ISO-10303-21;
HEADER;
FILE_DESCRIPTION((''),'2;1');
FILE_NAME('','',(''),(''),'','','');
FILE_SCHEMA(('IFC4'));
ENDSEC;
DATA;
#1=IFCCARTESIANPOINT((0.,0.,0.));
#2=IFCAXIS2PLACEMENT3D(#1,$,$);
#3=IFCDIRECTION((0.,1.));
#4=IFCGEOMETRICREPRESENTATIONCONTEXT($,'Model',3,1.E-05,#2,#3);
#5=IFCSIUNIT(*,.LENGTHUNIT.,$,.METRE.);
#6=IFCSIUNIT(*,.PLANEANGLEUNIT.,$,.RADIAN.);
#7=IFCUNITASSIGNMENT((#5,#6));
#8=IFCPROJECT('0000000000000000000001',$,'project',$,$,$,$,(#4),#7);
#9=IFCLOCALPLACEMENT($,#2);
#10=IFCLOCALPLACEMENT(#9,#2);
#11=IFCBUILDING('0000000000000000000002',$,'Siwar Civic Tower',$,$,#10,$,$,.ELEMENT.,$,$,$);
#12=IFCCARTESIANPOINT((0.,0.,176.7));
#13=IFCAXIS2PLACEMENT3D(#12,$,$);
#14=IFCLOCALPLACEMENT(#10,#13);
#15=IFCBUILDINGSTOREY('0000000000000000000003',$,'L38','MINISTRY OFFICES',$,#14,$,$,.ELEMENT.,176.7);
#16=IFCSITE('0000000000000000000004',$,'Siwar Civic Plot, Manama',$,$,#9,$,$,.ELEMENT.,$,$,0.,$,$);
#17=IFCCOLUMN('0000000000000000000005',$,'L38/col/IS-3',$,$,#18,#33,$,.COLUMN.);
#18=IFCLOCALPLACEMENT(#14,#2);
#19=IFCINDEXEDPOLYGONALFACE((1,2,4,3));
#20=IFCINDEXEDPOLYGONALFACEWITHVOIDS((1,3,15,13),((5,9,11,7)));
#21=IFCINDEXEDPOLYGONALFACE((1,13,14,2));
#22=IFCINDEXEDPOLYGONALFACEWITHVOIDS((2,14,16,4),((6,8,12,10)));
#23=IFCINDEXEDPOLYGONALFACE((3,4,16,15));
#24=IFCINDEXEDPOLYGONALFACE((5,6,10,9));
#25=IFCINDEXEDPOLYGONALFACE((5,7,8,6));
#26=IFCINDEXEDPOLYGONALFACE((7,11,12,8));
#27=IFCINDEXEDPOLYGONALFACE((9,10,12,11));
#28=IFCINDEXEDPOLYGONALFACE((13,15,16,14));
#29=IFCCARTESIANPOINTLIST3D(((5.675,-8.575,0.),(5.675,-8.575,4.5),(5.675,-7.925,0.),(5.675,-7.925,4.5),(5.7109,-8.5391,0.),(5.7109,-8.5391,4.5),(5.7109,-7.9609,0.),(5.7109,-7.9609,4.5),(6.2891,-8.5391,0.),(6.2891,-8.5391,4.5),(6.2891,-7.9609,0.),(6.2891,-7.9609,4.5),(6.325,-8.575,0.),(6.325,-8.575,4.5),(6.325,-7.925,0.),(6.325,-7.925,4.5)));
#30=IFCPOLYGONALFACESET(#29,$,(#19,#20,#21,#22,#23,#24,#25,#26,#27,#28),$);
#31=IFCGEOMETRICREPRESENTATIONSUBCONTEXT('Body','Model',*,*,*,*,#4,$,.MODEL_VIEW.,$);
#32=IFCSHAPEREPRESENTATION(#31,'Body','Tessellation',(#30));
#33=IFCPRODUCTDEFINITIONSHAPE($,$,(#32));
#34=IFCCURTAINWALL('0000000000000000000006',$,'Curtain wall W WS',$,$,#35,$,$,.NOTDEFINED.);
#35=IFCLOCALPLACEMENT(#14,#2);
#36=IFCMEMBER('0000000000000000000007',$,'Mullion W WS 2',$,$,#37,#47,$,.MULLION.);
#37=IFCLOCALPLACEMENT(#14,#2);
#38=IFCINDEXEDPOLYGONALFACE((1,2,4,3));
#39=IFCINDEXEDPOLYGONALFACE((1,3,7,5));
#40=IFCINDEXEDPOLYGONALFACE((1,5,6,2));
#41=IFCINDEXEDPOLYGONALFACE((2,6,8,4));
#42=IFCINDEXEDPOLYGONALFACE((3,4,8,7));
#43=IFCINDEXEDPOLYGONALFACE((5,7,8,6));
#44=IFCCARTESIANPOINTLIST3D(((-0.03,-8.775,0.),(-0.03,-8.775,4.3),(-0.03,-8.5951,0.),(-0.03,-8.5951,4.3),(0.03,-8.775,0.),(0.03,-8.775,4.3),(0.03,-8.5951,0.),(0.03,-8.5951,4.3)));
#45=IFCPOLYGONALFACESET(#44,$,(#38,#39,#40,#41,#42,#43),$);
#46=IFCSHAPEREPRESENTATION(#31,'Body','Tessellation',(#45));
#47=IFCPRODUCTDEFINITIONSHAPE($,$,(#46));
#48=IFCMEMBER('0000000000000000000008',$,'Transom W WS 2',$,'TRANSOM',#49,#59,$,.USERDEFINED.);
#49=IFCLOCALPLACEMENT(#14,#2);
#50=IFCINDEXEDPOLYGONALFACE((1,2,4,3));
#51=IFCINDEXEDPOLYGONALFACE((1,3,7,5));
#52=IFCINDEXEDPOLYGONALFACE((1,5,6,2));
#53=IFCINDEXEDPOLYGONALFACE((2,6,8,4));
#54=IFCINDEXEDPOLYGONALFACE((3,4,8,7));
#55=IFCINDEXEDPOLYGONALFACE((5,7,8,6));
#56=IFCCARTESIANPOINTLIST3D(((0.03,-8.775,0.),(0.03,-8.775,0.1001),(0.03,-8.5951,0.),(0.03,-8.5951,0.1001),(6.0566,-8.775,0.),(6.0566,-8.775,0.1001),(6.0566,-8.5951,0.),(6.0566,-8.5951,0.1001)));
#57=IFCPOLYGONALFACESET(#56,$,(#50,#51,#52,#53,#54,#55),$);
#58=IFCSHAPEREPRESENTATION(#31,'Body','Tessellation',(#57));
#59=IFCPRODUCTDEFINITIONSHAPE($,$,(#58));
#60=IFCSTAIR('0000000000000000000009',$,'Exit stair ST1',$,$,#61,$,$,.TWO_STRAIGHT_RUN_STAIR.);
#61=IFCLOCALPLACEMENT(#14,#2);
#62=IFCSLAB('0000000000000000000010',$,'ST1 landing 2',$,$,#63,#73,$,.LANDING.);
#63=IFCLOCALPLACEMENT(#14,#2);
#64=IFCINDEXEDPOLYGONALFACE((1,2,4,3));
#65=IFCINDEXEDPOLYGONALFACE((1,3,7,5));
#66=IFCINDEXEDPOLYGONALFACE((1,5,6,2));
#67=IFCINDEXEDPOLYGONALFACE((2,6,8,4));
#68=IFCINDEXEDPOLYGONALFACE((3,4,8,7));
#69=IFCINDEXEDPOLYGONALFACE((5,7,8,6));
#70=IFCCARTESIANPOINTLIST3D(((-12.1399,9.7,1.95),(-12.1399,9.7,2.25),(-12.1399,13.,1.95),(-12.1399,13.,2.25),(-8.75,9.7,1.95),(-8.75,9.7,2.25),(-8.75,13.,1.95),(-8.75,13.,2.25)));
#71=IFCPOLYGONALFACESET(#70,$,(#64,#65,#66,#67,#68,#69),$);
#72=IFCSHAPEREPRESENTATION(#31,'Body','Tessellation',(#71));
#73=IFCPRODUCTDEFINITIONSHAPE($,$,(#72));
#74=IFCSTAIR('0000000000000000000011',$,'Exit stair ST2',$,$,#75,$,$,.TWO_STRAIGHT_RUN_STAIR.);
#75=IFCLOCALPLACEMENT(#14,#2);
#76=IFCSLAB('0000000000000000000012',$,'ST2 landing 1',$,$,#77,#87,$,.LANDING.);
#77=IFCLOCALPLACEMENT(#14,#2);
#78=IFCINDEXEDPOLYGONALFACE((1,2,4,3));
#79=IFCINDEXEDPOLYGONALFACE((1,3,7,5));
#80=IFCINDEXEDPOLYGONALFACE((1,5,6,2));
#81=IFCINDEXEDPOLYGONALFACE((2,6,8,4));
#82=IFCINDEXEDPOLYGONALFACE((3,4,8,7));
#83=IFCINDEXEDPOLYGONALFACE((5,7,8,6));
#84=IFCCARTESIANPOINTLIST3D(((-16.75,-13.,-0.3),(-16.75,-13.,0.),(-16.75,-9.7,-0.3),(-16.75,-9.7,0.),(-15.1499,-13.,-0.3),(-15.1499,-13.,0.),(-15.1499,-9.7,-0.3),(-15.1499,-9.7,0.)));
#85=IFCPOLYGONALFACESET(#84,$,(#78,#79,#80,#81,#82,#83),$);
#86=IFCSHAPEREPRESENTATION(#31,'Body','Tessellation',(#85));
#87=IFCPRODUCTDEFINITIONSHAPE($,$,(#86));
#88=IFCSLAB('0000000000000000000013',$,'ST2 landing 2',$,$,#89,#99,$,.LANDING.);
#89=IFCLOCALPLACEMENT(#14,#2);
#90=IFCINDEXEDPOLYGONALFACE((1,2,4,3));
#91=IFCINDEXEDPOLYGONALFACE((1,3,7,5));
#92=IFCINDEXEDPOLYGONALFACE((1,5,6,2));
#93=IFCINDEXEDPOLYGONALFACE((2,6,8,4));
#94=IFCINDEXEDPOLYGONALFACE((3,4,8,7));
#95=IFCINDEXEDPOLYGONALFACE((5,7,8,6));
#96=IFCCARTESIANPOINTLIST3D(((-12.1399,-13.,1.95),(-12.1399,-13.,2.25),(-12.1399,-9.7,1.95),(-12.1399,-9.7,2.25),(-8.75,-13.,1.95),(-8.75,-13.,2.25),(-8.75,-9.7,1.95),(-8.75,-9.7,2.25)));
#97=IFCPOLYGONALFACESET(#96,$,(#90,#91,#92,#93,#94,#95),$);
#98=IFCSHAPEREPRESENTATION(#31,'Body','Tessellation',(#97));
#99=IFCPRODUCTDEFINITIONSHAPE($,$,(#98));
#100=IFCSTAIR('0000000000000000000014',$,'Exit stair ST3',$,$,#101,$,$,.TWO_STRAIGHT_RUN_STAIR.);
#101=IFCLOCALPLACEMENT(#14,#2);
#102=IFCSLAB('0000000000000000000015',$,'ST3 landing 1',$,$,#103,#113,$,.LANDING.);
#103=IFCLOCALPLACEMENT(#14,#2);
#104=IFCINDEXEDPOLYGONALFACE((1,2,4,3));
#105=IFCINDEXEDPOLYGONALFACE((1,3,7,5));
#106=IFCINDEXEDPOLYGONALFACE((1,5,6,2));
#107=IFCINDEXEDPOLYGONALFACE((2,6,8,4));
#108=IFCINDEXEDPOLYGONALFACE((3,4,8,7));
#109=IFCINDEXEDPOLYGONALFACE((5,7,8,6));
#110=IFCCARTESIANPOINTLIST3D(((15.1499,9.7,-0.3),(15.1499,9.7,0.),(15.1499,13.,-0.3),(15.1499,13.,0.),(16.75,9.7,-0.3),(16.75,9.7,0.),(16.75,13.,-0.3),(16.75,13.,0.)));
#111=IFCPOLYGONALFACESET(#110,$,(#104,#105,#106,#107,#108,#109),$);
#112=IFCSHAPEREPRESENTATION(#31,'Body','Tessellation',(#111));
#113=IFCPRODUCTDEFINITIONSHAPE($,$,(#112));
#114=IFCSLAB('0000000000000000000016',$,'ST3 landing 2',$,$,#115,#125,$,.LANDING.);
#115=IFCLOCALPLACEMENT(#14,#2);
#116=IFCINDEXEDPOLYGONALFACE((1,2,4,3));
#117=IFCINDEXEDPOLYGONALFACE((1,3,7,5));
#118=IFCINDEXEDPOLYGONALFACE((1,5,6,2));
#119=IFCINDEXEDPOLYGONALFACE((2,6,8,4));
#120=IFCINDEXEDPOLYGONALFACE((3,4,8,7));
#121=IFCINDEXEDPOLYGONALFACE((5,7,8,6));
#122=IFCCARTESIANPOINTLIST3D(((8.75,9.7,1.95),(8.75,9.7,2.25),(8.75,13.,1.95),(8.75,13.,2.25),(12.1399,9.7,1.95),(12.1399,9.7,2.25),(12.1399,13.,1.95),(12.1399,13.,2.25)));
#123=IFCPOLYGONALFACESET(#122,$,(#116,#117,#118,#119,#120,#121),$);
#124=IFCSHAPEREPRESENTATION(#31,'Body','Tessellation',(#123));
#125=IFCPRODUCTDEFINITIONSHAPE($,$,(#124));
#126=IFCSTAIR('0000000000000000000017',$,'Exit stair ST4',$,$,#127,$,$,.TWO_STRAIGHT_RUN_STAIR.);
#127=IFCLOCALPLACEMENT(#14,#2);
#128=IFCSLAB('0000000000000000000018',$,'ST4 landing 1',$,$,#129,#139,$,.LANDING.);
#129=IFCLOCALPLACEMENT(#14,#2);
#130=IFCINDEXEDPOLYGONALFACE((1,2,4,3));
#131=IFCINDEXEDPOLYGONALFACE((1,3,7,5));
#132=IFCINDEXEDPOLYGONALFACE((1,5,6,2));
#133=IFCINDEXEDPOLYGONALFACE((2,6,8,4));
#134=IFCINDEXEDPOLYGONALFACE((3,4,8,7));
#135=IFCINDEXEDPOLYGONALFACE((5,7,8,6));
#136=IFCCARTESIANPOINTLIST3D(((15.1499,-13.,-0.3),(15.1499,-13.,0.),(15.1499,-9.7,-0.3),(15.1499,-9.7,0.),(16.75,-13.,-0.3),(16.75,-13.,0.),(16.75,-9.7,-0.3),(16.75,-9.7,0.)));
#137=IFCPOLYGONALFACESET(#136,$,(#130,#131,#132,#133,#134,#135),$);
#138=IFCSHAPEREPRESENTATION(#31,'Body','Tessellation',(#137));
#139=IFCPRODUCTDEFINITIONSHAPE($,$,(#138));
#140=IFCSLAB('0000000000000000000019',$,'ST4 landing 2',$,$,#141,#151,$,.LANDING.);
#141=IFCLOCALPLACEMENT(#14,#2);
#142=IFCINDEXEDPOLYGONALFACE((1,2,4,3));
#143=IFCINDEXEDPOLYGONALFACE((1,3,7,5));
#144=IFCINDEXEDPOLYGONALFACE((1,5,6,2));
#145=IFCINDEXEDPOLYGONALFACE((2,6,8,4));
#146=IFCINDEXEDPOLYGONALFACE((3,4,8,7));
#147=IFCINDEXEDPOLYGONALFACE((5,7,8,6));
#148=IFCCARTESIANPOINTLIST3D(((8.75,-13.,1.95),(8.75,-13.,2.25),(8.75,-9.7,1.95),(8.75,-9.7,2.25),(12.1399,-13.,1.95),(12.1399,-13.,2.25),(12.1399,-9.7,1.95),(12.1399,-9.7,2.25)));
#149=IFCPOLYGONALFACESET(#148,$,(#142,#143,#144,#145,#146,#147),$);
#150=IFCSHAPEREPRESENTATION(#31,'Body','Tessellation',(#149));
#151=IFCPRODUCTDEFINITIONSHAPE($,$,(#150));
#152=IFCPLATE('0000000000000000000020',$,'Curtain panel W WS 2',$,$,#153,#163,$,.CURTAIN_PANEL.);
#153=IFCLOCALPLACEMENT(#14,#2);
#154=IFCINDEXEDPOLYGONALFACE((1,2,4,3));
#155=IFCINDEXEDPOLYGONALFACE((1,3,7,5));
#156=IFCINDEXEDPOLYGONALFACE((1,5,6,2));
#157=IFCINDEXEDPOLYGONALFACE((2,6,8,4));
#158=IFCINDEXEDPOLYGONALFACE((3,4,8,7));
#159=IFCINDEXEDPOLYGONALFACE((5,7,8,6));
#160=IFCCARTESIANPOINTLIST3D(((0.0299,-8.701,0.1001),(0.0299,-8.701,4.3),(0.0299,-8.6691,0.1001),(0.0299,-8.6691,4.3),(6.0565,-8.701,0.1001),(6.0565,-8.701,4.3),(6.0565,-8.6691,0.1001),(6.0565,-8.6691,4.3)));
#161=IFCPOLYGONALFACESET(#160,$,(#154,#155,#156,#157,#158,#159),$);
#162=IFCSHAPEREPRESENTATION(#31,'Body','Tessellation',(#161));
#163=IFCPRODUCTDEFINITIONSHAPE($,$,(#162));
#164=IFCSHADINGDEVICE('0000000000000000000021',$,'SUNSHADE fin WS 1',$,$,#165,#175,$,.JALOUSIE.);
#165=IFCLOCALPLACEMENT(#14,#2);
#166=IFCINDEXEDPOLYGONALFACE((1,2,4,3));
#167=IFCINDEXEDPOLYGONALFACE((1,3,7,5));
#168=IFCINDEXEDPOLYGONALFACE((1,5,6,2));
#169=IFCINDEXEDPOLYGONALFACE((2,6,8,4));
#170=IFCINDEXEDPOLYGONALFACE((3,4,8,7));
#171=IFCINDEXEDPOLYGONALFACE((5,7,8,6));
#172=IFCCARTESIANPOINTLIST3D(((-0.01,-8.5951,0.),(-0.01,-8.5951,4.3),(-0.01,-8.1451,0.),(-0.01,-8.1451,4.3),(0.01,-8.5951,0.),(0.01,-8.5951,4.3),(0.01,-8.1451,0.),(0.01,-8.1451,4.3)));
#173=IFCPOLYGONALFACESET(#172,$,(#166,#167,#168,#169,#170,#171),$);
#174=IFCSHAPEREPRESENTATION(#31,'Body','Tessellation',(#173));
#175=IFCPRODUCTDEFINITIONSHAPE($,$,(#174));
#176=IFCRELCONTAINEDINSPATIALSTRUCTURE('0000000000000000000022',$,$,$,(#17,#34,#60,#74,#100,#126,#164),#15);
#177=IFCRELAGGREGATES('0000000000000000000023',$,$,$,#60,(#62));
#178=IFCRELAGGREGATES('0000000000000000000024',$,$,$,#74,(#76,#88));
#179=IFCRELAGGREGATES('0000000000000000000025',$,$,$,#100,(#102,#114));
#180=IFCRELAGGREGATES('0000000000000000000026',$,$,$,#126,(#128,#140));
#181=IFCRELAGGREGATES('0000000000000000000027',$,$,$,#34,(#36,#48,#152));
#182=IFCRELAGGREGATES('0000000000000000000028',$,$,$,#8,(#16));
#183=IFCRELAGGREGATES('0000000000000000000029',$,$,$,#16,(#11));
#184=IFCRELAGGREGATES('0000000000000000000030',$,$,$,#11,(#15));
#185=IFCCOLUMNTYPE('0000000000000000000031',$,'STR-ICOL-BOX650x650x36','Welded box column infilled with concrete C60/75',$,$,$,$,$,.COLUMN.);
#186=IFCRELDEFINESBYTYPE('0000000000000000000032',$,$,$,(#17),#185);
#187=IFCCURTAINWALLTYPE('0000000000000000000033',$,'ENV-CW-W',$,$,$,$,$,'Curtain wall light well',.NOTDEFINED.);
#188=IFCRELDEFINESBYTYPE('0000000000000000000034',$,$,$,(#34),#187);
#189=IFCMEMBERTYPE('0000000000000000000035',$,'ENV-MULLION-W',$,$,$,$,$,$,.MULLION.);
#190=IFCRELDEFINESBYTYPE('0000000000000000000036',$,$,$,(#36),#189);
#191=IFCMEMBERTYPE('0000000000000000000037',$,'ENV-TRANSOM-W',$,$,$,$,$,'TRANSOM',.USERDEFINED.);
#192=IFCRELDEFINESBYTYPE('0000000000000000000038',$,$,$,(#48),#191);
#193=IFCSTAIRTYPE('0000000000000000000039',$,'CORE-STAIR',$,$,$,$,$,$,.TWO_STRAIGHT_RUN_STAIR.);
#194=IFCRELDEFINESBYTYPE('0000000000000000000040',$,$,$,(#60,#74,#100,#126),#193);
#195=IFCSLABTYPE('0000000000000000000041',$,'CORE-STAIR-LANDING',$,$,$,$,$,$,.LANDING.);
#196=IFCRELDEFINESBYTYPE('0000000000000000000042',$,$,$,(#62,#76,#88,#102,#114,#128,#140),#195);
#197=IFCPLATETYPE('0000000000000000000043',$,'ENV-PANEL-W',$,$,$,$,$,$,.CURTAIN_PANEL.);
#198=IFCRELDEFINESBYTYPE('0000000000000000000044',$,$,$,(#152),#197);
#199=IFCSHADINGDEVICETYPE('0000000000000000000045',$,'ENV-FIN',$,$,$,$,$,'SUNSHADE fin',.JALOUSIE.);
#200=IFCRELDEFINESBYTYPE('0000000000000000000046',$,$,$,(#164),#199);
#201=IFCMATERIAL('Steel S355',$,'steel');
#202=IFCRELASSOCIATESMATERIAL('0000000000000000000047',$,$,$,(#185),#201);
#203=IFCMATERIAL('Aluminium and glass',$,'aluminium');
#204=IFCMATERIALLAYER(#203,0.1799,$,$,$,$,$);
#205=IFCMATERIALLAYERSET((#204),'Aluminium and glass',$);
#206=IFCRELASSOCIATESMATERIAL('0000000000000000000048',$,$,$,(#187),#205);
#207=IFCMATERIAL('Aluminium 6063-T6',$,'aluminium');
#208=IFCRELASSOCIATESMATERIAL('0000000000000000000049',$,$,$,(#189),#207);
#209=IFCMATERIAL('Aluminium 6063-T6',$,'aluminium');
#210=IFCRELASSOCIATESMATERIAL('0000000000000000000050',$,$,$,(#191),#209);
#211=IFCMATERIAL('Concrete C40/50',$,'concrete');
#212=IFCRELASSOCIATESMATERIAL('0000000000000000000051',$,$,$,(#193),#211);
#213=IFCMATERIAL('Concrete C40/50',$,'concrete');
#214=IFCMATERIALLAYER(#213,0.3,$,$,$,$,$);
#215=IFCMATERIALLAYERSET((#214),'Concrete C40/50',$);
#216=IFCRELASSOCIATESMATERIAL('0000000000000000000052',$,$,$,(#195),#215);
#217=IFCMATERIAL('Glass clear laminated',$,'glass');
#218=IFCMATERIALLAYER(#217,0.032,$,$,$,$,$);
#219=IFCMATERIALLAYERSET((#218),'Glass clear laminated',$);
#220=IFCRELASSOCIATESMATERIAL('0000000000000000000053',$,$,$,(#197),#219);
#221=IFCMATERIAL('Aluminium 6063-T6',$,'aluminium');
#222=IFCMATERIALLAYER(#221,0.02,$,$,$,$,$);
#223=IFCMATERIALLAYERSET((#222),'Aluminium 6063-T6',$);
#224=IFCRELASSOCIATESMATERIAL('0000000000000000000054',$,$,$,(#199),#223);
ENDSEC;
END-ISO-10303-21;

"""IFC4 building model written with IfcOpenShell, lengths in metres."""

from ifc_helpers import new_model, si_unit, direction, frame, origin, origin_2d, place, context, subcontext, project, spatial, polyline, rectangle, hollow_rectangle, outline, extrude, material, layer, layer_set, material_profile, profile_set, type_object, element, aggregate, save


model = new_model("IFC4")

# Units and contexts
model_context = context("Model", 3, precision=1e-05, world=origin(), true_north=direction((0.0, 1.0)))
body_context = subcontext(model_context, "Body", "Model", "MODEL_VIEW")
ifc_project = project(units=[si_unit("LENGTHUNIT", "METRE"), si_unit("PLANEANGLEUNIT", "RADIAN")], contexts=[model_context])

# Site, building, storey
site_placement = place(None, origin())
site = spatial("IfcSite", under=ifc_project, at=site_placement, Name="Siwar Civic Plot, Manama", CompositionType="ELEMENT", RefElevation=0.0)
building_placement = place(site_placement, origin())
building = spatial("IfcBuilding", under=site, at=building_placement, Name="Siwar Civic Tower", CompositionType="ELEMENT")
storey_placement = place(building_placement, frame((0.0, 0.0, 176.7)))
storey = spatial("IfcBuildingStorey", under=building, at=storey_placement, Name="L38", Description="MINISTRY OFFICES", CompositionType="ELEMENT", Elevation=176.7)

# Column
ifc_material_1 = material(Name="Steel S355", Category="steel")
ifc_material_profile_1 = material_profile(ifc_material_1, hollow_rectangle(XDim=0.6499, YDim=0.6499, WallThickness=0.0359, at=origin_2d()), Name="BOX650x650x36")
ifc_profile_set_1 = profile_set([ifc_material_profile_1], Name="Steel S355")
column_type = type_object("IfcColumnType", Name="STR-ICOL-BOX650x650x36", Description="Welded box column infilled with concrete C60/75", PredefinedType="COLUMN", material=ifc_profile_set_1)
column_placement = place(storey_placement, frame((6.0, -8.25, 0.0), z_axis=(0.0, 0.0, 1.0), x_axis=(1.0, 0.0, 0.0)))
element("IfcColumn", 1, at=column_placement, inside=storey, type_object=column_type, Name="L38/col/IS-3", PredefinedType="COLUMN", context=body_context, shape_type="SweptSolid", body=[
    extrude(hollow_rectangle(XDim=0.6499, YDim=0.6499, WallThickness=0.0359, at=origin_2d()), origin(), (0.0, 0.0, 1.0), 4.5),
])

# Curtain wall, members
ifc_material_2 = material(Name="Aluminium and glass", Category="aluminium")
ifc_layer_1 = layer(ifc_material_2, 0.1799)
ifc_layer_set_1 = layer_set([ifc_layer_1], Name="Aluminium and glass")
curtain_wall_type = type_object("IfcCurtainWallType", Name="ENV-CW-W", ElementType="Curtain wall light well", PredefinedType="NOTDEFINED", material=ifc_layer_set_1)
curtain_wall_placement = place(storey_placement, origin())
curtain_wall = element("IfcCurtainWall", 2, at=curtain_wall_placement, inside=storey, type_object=curtain_wall_type, Name="Curtain wall W WS", PredefinedType="NOTDEFINED")
ifc_material_3 = material(Name="Aluminium 6063-T6", Category="aluminium")
ifc_material_profile_2 = material_profile(ifc_material_3, rectangle(XDim=0.1799, YDim=0.0601, at=origin_2d()), Name="AL 180x60")
ifc_profile_set_2 = profile_set([ifc_material_profile_2], Name="Aluminium 6063-T6")
member_type_1 = type_object("IfcMemberType", Name="ENV-MULLION-W", PredefinedType="MULLION", material=ifc_profile_set_2)
member_1_placement = place(storey_placement, frame((0.0, -8.6851, 0.0), z_axis=(0.0, 0.0, 1.0), x_axis=(0.0, 1.0, 0.0)))
member_1 = element("IfcMember", 3, at=member_1_placement, type_object=member_type_1, Name="Mullion W WS 2", PredefinedType="MULLION", context=body_context, shape_type="SweptSolid", body=[
    extrude(rectangle(XDim=0.1799, YDim=0.0601, at=origin_2d()), origin(), (0.0, 0.0, 1.0), 4.3),
])
ifc_material_4 = material(Name="Aluminium 6063-T6", Category="aluminium")
ifc_material_profile_3 = material_profile(ifc_material_4, rectangle(XDim=0.1799, YDim=0.1001, at=origin_2d()), Name="AL 180x100")
ifc_profile_set_3 = profile_set([ifc_material_profile_3], Name="Aluminium 6063-T6")
member_type_2 = type_object("IfcMemberType", Name="ENV-TRANSOM-W", ElementType="TRANSOM", PredefinedType="USERDEFINED", material=ifc_profile_set_3)
member_2_placement = place(storey_placement, frame((0.03, -8.6851, 0.05), z_axis=(1.0, 0.0, 0.0), x_axis=(0.0, 1.0, 0.0)))
member_2 = element("IfcMember", 4, at=member_2_placement, type_object=member_type_2, Name="Transom W WS 2", ObjectType="TRANSOM", PredefinedType="USERDEFINED", context=body_context, shape_type="SweptSolid", body=[
    extrude(rectangle(XDim=0.1799, YDim=0.1001, at=origin_2d()), origin(), (0.0, 0.0, 1.0), 6.0266),
])

# Stair, slab
ifc_material_5 = material(Name="Concrete C40/50", Category="concrete")
stair_type = type_object("IfcStairType", Name="CORE-STAIR", PredefinedType="TWO_STRAIGHT_RUN_STAIR", material=ifc_material_5)
stair_1_placement = place(storey_placement, origin())
stair_1 = element("IfcStair", 5, at=stair_1_placement, inside=storey, type_object=stair_type, Name="Exit stair ST1", PredefinedType="TWO_STRAIGHT_RUN_STAIR")
ifc_material_6 = material(Name="Concrete C40/50", Category="concrete")
ifc_layer_2 = layer(ifc_material_6, 0.3)
ifc_layer_set_2 = layer_set([ifc_layer_2], Name="Concrete C40/50")
slab_type = type_object("IfcSlabType", Name="CORE-STAIR-LANDING", PredefinedType="LANDING", material=ifc_layer_set_2)
slab_1_placement = place(storey_placement, frame((0.0, 0.0, 1.95)))
slab_1 = element("IfcSlab", 6, at=slab_1_placement, type_object=slab_type, Name="ST1 landing 2", PredefinedType="LANDING", context=body_context, shape_type="SweptSolid", body=[
    extrude(outline(polyline([(-8.75, 13.0), (-12.1399, 13.0), (-12.1399, 9.7), (-8.75, 9.7), (-8.75, 13.0)])), origin(), (0.0, 0.0, 1.0), 0.3),
])
aggregate(stair_1, [slab_1])

# Stairs, slabs
stair_2_placement = place(storey_placement, origin())
stair_2 = element("IfcStair", 7, at=stair_2_placement, inside=storey, type_object=stair_type, Name="Exit stair ST2", PredefinedType="TWO_STRAIGHT_RUN_STAIR")
slab_2_placement = place(storey_placement, frame((0.0, 0.0, -0.3)))
slab_2 = element("IfcSlab", 8, at=slab_2_placement, type_object=slab_type, Name="ST2 landing 1", PredefinedType="LANDING", context=body_context, shape_type="SweptSolid", body=[
    extrude(outline(polyline([(-15.1499, -9.7), (-16.75, -9.7), (-16.75, -13.0), (-15.1499, -13.0), (-15.1499, -9.7)])), origin(), (0.0, 0.0, 1.0), 0.3),
])
slab_3_placement = place(storey_placement, frame((0.0, 0.0, 1.95)))
slab_3 = element("IfcSlab", 9, at=slab_3_placement, type_object=slab_type, Name="ST2 landing 2", PredefinedType="LANDING", context=body_context, shape_type="SweptSolid", body=[
    extrude(outline(polyline([(-8.75, -9.7), (-12.1399, -9.7), (-12.1399, -13.0), (-8.75, -13.0), (-8.75, -9.7)])), origin(), (0.0, 0.0, 1.0), 0.3),
])
aggregate(stair_2, [slab_2, slab_3])
stair_3_placement = place(storey_placement, origin())
stair_3 = element("IfcStair", 10, at=stair_3_placement, inside=storey, type_object=stair_type, Name="Exit stair ST3", PredefinedType="TWO_STRAIGHT_RUN_STAIR")
slab_4_placement = place(storey_placement, frame((0.0, 0.0, -0.3)))
slab_4 = element("IfcSlab", 11, at=slab_4_placement, type_object=slab_type, Name="ST3 landing 1", PredefinedType="LANDING", context=body_context, shape_type="SweptSolid", body=[
    extrude(outline(polyline([(15.1499, 9.7), (16.75, 9.7), (16.75, 13.0), (15.1499, 13.0), (15.1499, 9.7)])), origin(), (0.0, 0.0, 1.0), 0.3),
])
slab_5_placement = place(storey_placement, frame((0.0, 0.0, 1.95)))
slab_5 = element("IfcSlab", 12, at=slab_5_placement, type_object=slab_type, Name="ST3 landing 2", PredefinedType="LANDING", context=body_context, shape_type="SweptSolid", body=[
    extrude(outline(polyline([(8.75, 9.7), (12.1399, 9.7), (12.1399, 13.0), (8.75, 13.0), (8.75, 9.7)])), origin(), (0.0, 0.0, 1.0), 0.3),
])
aggregate(stair_3, [slab_4, slab_5])
stair_4_placement = place(storey_placement, origin())
stair_4 = element("IfcStair", 13, at=stair_4_placement, inside=storey, type_object=stair_type, Name="Exit stair ST4", PredefinedType="TWO_STRAIGHT_RUN_STAIR")
slab_6_placement = place(storey_placement, frame((0.0, 0.0, -0.3)))
slab_6 = element("IfcSlab", 14, at=slab_6_placement, type_object=slab_type, Name="ST4 landing 1", PredefinedType="LANDING", context=body_context, shape_type="SweptSolid", body=[
    extrude(outline(polyline([(15.1499, -13.0), (16.75, -13.0), (16.75, -9.7), (15.1499, -9.7), (15.1499, -13.0)])), origin(), (0.0, 0.0, 1.0), 0.3),
])
slab_7_placement = place(storey_placement, frame((0.0, 0.0, 1.95)))
slab_7 = element("IfcSlab", 15, at=slab_7_placement, type_object=slab_type, Name="ST4 landing 2", PredefinedType="LANDING", context=body_context, shape_type="SweptSolid", body=[
    extrude(outline(polyline([(8.75, -13.0), (12.1399, -13.0), (12.1399, -9.7), (8.75, -9.7), (8.75, -13.0)])), origin(), (0.0, 0.0, 1.0), 0.3),
])
aggregate(stair_4, [slab_6, slab_7])

# Plate
ifc_material_7 = material(Name="Glass clear laminated", Category="glass")
ifc_layer_3 = layer(ifc_material_7, 0.032)
ifc_layer_set_3 = layer_set([ifc_layer_3], Name="Glass clear laminated")
plate_type = type_object("IfcPlateType", Name="ENV-PANEL-W", PredefinedType="CURTAIN_PANEL", material=ifc_layer_set_3)
plate_placement = place(storey_placement, frame((3.0432, -8.6851, 0.1001), z_axis=(0.0, 0.0, 1.0), x_axis=(1.0, 0.0, 0.0)))
plate = element("IfcPlate", 16, at=plate_placement, type_object=plate_type, Name="Curtain panel W WS 2", PredefinedType="CURTAIN_PANEL", context=body_context, shape_type="SweptSolid", body=[
    extrude(rectangle(XDim=6.0266, YDim=0.032, at=origin_2d()), origin(), (0.0, 0.0, 1.0), 4.2),
])
aggregate(curtain_wall, [member_1, member_2, plate])

# Shading device
ifc_material_8 = material(Name="Aluminium 6063-T6", Category="aluminium")
ifc_layer_4 = layer(ifc_material_8, 0.02)
ifc_layer_set_4 = layer_set([ifc_layer_4], Name="Aluminium 6063-T6")
shading_device_type = type_object("IfcShadingDeviceType", Name="ENV-FIN", ElementType="SUNSHADE fin", PredefinedType="JALOUSIE", material=ifc_layer_set_4)
shading_device_placement = place(storey_placement, frame((0.0, -8.3701, 0.0), z_axis=(0.0, 0.0, 1.0), x_axis=(1.0, 0.0, 0.0)))
element("IfcShadingDevice", 17, at=shading_device_placement, inside=storey, type_object=shading_device_type, Name="SUNSHADE fin WS 1", PredefinedType="JALOUSIE", context=body_context, shape_type="SweptSolid", body=[
    extrude(rectangle(XDim=0.02, YDim=0.45, at=origin_2d()), origin(), (0.0, 0.0, 1.0), 4.3),
])

save(model, "model.ifc")
